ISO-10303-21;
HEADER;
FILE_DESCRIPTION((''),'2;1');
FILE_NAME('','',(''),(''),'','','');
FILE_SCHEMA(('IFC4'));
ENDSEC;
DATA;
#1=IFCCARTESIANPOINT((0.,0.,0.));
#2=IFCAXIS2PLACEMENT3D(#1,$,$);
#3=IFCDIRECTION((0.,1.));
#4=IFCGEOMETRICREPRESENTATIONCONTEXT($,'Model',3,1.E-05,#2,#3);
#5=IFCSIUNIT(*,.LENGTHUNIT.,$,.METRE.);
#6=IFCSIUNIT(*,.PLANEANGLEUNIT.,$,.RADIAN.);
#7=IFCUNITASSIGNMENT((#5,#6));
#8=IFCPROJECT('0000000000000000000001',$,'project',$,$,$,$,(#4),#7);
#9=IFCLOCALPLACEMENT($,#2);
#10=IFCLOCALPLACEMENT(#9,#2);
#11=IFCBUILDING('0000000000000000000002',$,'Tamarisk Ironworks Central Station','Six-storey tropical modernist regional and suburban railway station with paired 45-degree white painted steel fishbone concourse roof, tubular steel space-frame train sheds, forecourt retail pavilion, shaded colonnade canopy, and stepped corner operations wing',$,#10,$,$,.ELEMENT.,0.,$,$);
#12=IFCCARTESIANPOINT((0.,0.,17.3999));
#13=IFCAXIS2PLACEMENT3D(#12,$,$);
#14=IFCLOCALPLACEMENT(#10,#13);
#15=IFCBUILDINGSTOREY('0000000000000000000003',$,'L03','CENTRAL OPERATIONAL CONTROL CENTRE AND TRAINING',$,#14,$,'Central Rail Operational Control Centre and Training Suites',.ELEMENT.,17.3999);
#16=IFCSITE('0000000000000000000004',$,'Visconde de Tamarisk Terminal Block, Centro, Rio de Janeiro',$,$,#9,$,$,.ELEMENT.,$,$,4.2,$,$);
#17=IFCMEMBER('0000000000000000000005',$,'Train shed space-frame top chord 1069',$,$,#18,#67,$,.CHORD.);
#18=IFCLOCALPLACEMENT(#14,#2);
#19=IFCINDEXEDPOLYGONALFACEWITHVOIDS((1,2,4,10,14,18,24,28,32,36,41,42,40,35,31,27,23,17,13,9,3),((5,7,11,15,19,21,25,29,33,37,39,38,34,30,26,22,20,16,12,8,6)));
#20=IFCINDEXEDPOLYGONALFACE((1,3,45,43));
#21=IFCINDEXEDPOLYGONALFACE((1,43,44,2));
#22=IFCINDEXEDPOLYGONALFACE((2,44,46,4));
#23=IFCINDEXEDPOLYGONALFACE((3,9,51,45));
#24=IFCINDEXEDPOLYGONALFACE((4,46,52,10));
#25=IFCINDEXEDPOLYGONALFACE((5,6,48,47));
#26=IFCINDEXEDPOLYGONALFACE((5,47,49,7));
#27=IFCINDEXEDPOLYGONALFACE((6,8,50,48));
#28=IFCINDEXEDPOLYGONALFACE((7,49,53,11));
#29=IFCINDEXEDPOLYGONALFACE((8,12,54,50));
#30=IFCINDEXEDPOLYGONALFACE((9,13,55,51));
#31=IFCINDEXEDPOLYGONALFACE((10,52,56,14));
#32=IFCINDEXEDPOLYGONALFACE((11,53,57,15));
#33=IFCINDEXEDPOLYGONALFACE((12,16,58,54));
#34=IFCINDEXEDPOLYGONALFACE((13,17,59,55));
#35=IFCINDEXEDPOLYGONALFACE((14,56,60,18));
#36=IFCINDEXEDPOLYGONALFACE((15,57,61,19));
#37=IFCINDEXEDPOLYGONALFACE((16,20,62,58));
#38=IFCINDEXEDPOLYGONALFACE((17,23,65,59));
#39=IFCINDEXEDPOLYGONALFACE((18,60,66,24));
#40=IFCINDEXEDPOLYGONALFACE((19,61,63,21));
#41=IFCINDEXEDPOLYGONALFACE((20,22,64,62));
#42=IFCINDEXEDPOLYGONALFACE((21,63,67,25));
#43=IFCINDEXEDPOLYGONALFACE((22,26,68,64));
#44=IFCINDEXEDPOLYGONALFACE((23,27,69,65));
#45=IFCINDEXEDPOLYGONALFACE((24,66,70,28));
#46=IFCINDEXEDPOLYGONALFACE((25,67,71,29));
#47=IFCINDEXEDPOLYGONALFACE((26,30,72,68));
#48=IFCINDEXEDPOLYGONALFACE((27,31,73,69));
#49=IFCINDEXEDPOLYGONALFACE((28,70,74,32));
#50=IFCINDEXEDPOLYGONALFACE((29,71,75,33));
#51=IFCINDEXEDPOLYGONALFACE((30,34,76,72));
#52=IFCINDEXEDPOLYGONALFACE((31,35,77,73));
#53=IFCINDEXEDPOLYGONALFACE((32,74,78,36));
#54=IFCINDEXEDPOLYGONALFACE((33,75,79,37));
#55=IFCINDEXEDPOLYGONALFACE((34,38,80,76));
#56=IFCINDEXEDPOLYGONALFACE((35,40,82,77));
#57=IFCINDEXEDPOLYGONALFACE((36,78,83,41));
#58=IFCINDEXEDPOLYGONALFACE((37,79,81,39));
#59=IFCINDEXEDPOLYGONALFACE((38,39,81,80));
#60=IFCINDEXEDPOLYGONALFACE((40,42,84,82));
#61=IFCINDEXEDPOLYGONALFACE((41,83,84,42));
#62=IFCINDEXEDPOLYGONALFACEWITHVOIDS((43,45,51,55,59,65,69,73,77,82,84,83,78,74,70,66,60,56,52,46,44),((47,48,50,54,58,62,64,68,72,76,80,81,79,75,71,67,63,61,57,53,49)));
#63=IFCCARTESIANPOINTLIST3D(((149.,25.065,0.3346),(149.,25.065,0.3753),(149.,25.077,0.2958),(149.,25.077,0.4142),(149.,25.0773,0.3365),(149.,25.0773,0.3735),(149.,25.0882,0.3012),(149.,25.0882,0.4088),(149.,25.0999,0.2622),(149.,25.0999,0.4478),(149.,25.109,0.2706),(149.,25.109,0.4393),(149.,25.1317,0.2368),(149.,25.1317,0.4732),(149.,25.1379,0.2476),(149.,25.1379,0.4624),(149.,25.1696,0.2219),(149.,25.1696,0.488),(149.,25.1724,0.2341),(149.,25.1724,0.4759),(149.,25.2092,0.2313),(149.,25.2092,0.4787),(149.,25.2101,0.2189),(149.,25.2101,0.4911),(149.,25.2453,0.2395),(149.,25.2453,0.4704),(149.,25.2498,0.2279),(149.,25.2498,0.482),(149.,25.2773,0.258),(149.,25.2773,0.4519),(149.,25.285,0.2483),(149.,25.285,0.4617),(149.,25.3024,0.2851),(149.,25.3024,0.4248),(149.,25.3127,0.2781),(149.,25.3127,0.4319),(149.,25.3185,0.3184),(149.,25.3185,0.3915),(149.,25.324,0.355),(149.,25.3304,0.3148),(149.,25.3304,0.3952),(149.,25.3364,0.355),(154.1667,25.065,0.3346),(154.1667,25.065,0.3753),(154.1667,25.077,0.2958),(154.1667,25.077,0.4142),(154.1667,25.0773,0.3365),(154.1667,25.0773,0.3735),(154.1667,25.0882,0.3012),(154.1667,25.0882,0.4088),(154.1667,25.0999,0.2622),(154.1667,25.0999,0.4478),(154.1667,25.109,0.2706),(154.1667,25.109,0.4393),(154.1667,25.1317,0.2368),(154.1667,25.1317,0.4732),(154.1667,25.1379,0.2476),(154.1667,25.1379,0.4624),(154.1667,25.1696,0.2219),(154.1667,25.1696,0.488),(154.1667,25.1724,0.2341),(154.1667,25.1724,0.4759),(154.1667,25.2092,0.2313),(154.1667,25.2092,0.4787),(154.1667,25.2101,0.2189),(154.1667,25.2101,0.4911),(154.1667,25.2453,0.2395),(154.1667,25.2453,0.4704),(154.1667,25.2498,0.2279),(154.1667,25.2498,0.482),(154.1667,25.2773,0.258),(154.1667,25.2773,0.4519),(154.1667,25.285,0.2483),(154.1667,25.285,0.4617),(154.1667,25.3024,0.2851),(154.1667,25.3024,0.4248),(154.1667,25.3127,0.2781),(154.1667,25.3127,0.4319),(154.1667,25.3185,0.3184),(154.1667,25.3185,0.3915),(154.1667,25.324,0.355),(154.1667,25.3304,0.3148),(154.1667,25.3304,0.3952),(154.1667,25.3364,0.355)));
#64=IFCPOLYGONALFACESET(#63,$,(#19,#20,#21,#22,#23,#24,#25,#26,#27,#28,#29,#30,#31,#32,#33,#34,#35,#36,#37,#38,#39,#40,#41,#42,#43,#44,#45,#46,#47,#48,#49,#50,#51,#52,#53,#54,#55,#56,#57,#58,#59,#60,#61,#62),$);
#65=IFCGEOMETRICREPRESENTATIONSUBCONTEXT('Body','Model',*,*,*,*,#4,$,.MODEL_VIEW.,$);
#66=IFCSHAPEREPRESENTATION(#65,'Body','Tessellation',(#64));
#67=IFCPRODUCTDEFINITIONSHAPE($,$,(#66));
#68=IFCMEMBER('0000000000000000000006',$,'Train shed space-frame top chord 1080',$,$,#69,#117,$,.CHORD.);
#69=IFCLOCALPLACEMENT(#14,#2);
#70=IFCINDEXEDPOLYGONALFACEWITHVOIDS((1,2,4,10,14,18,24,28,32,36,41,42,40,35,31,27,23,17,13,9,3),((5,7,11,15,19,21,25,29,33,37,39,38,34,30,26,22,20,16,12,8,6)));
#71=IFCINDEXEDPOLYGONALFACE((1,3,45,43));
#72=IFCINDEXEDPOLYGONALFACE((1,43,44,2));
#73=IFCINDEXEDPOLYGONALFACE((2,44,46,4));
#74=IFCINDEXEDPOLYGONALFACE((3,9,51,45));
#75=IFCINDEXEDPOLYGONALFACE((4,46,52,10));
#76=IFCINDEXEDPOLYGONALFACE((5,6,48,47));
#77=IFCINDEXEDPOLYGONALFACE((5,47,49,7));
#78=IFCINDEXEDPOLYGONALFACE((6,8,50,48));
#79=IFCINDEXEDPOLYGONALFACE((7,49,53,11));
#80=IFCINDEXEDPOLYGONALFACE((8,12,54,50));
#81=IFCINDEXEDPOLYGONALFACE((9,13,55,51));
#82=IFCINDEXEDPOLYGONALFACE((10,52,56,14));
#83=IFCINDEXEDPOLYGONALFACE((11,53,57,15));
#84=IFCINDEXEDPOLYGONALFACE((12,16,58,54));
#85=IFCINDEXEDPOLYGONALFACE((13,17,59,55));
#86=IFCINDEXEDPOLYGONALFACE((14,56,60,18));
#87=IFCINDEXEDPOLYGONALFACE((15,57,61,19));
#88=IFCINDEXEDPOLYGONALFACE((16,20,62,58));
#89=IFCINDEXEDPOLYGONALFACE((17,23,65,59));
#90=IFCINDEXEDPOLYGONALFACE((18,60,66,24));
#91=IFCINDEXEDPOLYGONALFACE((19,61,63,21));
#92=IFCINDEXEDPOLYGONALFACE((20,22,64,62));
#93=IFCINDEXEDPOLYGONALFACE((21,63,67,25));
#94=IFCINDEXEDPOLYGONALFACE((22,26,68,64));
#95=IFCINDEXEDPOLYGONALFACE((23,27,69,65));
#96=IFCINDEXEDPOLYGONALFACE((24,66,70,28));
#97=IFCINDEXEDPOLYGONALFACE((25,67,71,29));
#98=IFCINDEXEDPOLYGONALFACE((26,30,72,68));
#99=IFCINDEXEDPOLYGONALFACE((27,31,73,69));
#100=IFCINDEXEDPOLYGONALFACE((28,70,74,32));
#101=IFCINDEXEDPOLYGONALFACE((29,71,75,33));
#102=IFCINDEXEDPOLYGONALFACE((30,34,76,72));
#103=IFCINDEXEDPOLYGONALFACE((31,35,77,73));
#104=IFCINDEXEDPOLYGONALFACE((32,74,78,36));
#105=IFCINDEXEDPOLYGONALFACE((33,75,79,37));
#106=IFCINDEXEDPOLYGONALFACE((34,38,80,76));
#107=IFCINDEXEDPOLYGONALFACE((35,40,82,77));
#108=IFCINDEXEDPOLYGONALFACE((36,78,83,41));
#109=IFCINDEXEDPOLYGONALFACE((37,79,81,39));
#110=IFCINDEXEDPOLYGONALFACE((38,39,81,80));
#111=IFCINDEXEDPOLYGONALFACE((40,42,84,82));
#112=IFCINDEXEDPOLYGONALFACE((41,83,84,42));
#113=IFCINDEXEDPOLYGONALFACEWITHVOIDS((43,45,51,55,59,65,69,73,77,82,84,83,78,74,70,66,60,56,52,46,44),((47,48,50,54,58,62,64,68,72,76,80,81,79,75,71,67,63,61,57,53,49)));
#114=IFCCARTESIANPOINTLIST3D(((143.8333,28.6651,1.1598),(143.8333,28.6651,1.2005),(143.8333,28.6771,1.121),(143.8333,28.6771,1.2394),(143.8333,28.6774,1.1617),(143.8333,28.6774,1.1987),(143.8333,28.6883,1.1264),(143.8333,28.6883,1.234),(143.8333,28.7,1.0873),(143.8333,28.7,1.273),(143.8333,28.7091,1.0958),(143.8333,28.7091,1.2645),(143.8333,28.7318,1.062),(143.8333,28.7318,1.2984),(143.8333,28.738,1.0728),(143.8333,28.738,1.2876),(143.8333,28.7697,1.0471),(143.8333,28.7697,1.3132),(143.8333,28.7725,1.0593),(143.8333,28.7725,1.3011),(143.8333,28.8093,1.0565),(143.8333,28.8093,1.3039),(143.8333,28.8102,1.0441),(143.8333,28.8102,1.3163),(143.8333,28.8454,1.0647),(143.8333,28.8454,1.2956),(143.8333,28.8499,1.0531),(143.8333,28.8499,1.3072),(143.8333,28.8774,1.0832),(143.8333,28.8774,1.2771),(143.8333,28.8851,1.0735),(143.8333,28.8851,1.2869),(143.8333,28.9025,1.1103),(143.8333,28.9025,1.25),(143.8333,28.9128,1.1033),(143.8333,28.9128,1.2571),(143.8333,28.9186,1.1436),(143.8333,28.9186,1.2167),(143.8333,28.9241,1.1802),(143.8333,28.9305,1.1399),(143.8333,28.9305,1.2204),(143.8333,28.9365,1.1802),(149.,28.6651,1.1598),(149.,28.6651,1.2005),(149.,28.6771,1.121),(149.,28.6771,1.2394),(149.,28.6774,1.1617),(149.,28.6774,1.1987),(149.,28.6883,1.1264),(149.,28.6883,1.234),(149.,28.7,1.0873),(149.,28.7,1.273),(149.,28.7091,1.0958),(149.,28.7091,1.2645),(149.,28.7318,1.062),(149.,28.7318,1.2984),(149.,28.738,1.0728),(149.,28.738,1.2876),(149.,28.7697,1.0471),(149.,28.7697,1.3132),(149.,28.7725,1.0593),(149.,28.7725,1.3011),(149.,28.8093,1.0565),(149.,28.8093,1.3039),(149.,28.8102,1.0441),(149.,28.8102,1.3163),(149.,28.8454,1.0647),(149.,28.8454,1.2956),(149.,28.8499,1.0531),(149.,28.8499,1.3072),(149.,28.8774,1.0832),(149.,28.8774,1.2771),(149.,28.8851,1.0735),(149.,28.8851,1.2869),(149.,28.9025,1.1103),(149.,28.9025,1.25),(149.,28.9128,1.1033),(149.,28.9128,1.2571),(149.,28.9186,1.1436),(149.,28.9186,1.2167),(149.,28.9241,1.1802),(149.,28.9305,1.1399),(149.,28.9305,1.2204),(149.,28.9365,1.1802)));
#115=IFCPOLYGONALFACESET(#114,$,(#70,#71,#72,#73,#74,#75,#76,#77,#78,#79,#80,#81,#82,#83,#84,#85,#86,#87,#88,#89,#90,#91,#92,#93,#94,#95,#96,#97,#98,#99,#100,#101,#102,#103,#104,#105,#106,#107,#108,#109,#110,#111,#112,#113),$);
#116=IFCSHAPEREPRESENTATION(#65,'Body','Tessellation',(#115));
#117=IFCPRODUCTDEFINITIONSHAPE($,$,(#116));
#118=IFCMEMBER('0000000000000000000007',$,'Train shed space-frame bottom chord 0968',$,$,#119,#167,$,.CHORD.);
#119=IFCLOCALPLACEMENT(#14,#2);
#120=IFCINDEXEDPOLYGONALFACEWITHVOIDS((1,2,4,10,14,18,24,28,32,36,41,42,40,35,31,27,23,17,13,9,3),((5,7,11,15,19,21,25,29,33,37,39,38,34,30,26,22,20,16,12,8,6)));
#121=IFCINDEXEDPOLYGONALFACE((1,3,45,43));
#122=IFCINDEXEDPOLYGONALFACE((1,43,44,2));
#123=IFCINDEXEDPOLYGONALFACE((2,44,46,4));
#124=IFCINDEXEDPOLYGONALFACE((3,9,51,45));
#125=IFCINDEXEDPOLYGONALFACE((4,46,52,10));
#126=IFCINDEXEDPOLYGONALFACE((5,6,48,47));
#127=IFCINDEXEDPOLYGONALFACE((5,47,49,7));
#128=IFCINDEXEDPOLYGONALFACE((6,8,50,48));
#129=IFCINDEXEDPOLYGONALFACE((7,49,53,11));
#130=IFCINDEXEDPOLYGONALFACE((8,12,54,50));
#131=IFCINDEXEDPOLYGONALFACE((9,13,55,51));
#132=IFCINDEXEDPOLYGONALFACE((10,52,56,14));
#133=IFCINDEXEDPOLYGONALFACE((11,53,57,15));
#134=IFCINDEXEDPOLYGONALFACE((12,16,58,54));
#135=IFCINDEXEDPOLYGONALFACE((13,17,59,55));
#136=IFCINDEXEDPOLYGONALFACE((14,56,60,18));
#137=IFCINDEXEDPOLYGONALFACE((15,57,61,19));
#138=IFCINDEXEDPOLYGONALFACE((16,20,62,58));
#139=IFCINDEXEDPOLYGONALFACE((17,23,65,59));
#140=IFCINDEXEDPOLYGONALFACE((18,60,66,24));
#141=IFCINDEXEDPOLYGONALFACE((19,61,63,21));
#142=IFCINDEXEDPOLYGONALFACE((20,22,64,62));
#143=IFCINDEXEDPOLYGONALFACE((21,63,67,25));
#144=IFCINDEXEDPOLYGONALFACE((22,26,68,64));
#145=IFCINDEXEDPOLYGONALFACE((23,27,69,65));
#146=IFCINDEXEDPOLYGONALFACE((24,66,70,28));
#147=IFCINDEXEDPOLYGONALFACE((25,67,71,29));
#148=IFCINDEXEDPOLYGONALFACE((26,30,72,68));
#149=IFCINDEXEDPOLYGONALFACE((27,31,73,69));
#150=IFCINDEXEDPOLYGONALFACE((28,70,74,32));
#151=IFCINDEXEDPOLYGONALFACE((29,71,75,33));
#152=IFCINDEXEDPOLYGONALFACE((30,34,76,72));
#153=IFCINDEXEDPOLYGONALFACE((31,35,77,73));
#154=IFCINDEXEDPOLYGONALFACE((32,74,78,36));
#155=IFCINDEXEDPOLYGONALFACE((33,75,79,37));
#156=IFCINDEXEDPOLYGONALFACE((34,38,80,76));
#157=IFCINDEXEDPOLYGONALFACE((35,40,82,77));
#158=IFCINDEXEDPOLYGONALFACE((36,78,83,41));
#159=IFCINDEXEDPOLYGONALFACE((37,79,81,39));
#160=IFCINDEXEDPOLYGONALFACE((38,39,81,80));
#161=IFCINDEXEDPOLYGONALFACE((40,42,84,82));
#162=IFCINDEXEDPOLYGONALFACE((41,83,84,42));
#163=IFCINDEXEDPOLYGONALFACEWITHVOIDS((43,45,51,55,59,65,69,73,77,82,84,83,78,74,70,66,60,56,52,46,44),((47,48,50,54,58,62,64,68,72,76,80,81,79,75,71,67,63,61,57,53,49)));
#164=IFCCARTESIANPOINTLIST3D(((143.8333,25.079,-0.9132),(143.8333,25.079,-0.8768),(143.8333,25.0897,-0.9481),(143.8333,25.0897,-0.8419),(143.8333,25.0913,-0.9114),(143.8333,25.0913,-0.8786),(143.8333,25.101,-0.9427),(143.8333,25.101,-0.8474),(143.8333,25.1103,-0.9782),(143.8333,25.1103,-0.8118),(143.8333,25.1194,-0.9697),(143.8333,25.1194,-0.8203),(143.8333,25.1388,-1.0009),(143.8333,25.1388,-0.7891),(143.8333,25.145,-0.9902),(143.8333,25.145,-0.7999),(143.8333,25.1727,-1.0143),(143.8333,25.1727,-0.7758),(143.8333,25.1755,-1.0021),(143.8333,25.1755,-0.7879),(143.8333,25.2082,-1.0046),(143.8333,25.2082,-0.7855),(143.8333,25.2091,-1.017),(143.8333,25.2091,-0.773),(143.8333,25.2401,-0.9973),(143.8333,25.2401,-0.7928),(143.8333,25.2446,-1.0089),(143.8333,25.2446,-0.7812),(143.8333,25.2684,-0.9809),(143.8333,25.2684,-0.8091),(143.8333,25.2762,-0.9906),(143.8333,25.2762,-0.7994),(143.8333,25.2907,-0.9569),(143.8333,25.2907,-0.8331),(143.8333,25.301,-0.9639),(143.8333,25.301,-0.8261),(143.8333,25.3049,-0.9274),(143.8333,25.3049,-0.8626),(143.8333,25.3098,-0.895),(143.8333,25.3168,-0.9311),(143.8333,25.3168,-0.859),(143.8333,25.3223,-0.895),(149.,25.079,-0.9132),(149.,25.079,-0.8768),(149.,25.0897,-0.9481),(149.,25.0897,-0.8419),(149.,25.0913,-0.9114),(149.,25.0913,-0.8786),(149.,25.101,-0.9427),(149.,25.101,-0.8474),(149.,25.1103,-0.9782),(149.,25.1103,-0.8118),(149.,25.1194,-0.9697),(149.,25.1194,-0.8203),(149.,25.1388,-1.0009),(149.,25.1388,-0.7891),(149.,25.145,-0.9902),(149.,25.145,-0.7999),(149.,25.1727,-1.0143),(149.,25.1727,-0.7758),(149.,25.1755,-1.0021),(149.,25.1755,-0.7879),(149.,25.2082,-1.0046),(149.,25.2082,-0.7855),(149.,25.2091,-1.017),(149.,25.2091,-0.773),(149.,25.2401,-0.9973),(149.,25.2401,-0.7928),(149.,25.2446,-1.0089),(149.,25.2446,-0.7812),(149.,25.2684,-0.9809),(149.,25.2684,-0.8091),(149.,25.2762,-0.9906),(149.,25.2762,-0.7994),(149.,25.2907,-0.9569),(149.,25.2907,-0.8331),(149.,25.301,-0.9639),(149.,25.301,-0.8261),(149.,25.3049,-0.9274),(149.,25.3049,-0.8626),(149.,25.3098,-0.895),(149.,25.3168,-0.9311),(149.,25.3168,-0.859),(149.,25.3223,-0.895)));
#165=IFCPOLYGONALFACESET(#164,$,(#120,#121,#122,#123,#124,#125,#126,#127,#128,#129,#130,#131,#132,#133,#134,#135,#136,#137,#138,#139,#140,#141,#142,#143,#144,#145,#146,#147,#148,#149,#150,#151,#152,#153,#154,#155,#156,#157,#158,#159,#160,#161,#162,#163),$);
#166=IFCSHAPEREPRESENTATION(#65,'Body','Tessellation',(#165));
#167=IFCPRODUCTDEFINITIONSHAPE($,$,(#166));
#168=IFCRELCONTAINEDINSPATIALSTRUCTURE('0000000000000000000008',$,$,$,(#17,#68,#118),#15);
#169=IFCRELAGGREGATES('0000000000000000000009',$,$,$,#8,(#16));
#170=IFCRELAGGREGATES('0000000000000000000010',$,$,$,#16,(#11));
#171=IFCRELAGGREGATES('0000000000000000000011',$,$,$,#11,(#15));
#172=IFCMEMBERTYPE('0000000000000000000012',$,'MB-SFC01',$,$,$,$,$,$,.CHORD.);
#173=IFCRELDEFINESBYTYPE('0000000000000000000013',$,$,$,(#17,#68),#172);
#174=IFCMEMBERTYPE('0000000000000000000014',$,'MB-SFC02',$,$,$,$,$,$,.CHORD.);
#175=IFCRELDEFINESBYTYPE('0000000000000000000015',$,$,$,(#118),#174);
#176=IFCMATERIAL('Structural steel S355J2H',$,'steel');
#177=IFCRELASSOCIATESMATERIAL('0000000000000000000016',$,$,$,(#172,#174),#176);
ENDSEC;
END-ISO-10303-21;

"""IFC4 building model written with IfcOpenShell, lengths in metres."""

from ifc_helpers import new_model, si_unit, direction, frame, origin, origin_2d, place, context, subcontext, project, spatial, hollow_circle, extrude, material, material_profile, profile_set, type_object, element, save


model = new_model("IFC4")

# Units and contexts
model_context = context("Model", 3, precision=1e-05, world=origin(), true_north=direction((0.0, 1.0)))
body_context = subcontext(model_context, "Body", "Model", "MODEL_VIEW")
ifc_project = project(units=[si_unit("LENGTHUNIT", "METRE"), si_unit("PLANEANGLEUNIT", "RADIAN")], contexts=[model_context])

# Site, building, storey
site_placement = place(None, origin())
site = spatial("IfcSite", under=ifc_project, at=site_placement, Name="Visconde de Tamarisk Terminal Block, Centro, Rio de Janeiro", CompositionType="ELEMENT", RefElevation=4.2)
building_placement = place(site_placement, origin())
building = spatial("IfcBuilding", under=site, at=building_placement, Name="Tamarisk Ironworks Central Station", Description="Six-storey tropical modernist regional and suburban railway station with paired 45-degree white painted steel fishbone concourse roof, tubular steel space-frame train sheds, forecourt retail pavilion, shaded colonnade canopy, and stepped corner operations wing", CompositionType="ELEMENT", ElevationOfRefHeight=0.0)
storey_placement = place(building_placement, frame((0.0, 0.0, 17.3999)))
storey = spatial("IfcBuildingStorey", under=building, at=storey_placement, Name="L03", Description="CENTRAL OPERATIONAL CONTROL CENTRE AND TRAINING", LongName="Central Rail Operational Control Centre and Training Suites", CompositionType="ELEMENT", Elevation=17.3999)

# Members
ifc_material_1 = material(Name="Structural steel S355J2H", Category="steel")
ifc_material_profile_1 = material_profile(ifc_material_1, hollow_circle(Radius=0.1365, WallThickness=0.0125, at=origin_2d()), Name="CHS 273x12.5")
ifc_profile_set_1 = profile_set([ifc_material_profile_1], Name="Structural steel S355J2H")
member_type_1 = type_object("IfcMemberType", Name="MB-SFC01", PredefinedType="CHORD", material=ifc_profile_set_1)
for number, where, z_axis, x_axis, name in (
    (1, (149.0, 25.2, 0.355), (1.0, 0.0, 0.0), (0.0, 1.0, 0.0), "Train shed space-frame top chord 1069"),
    (2, (143.8333, 28.8, 1.1802), (1.0, 0.0, 0.0), (0.0, 1.0, 0.0), "Train shed space-frame top chord 1080"),
):
    element("IfcMember", number, at=place(storey_placement, frame(where, z_axis=z_axis, x_axis=x_axis)), inside=storey, type_object=member_type_1, Name=name, PredefinedType="CHORD", context=body_context, shape_type="SweptSolid", body=[
        extrude(hollow_circle(Radius=0.1365, WallThickness=0.0125, at=origin_2d()), origin(), (0.0, 0.0, 1.0), 5.1667),
    ])
ifc_material_profile_2 = material_profile(ifc_material_1, hollow_circle(Radius=0.1223, WallThickness=0.0125, at=origin_2d()), Name="CHS 244.5x12.5")
ifc_profile_set_2 = profile_set([ifc_material_profile_2], Name="Structural steel S355J2H")
member_type_2 = type_object("IfcMemberType", Name="MB-SFC02", PredefinedType="CHORD", material=ifc_profile_set_2)
for number, where, z_axis, x_axis, name in (
    (3, (143.8333, 25.2, -0.895), (1.0, 0.0, 0.0), (0.0, 1.0, 0.0), "Train shed space-frame bottom chord 0968"),
):
    element("IfcMember", number, at=place(storey_placement, frame(where, z_axis=z_axis, x_axis=x_axis)), inside=storey, type_object=member_type_2, Name=name, PredefinedType="CHORD", context=body_context, shape_type="SweptSolid", body=[
        extrude(hollow_circle(Radius=0.1223, WallThickness=0.0125, at=origin_2d()), origin(), (0.0, 0.0, 1.0), 5.1667),
    ])

save(model, "model.ifc")
